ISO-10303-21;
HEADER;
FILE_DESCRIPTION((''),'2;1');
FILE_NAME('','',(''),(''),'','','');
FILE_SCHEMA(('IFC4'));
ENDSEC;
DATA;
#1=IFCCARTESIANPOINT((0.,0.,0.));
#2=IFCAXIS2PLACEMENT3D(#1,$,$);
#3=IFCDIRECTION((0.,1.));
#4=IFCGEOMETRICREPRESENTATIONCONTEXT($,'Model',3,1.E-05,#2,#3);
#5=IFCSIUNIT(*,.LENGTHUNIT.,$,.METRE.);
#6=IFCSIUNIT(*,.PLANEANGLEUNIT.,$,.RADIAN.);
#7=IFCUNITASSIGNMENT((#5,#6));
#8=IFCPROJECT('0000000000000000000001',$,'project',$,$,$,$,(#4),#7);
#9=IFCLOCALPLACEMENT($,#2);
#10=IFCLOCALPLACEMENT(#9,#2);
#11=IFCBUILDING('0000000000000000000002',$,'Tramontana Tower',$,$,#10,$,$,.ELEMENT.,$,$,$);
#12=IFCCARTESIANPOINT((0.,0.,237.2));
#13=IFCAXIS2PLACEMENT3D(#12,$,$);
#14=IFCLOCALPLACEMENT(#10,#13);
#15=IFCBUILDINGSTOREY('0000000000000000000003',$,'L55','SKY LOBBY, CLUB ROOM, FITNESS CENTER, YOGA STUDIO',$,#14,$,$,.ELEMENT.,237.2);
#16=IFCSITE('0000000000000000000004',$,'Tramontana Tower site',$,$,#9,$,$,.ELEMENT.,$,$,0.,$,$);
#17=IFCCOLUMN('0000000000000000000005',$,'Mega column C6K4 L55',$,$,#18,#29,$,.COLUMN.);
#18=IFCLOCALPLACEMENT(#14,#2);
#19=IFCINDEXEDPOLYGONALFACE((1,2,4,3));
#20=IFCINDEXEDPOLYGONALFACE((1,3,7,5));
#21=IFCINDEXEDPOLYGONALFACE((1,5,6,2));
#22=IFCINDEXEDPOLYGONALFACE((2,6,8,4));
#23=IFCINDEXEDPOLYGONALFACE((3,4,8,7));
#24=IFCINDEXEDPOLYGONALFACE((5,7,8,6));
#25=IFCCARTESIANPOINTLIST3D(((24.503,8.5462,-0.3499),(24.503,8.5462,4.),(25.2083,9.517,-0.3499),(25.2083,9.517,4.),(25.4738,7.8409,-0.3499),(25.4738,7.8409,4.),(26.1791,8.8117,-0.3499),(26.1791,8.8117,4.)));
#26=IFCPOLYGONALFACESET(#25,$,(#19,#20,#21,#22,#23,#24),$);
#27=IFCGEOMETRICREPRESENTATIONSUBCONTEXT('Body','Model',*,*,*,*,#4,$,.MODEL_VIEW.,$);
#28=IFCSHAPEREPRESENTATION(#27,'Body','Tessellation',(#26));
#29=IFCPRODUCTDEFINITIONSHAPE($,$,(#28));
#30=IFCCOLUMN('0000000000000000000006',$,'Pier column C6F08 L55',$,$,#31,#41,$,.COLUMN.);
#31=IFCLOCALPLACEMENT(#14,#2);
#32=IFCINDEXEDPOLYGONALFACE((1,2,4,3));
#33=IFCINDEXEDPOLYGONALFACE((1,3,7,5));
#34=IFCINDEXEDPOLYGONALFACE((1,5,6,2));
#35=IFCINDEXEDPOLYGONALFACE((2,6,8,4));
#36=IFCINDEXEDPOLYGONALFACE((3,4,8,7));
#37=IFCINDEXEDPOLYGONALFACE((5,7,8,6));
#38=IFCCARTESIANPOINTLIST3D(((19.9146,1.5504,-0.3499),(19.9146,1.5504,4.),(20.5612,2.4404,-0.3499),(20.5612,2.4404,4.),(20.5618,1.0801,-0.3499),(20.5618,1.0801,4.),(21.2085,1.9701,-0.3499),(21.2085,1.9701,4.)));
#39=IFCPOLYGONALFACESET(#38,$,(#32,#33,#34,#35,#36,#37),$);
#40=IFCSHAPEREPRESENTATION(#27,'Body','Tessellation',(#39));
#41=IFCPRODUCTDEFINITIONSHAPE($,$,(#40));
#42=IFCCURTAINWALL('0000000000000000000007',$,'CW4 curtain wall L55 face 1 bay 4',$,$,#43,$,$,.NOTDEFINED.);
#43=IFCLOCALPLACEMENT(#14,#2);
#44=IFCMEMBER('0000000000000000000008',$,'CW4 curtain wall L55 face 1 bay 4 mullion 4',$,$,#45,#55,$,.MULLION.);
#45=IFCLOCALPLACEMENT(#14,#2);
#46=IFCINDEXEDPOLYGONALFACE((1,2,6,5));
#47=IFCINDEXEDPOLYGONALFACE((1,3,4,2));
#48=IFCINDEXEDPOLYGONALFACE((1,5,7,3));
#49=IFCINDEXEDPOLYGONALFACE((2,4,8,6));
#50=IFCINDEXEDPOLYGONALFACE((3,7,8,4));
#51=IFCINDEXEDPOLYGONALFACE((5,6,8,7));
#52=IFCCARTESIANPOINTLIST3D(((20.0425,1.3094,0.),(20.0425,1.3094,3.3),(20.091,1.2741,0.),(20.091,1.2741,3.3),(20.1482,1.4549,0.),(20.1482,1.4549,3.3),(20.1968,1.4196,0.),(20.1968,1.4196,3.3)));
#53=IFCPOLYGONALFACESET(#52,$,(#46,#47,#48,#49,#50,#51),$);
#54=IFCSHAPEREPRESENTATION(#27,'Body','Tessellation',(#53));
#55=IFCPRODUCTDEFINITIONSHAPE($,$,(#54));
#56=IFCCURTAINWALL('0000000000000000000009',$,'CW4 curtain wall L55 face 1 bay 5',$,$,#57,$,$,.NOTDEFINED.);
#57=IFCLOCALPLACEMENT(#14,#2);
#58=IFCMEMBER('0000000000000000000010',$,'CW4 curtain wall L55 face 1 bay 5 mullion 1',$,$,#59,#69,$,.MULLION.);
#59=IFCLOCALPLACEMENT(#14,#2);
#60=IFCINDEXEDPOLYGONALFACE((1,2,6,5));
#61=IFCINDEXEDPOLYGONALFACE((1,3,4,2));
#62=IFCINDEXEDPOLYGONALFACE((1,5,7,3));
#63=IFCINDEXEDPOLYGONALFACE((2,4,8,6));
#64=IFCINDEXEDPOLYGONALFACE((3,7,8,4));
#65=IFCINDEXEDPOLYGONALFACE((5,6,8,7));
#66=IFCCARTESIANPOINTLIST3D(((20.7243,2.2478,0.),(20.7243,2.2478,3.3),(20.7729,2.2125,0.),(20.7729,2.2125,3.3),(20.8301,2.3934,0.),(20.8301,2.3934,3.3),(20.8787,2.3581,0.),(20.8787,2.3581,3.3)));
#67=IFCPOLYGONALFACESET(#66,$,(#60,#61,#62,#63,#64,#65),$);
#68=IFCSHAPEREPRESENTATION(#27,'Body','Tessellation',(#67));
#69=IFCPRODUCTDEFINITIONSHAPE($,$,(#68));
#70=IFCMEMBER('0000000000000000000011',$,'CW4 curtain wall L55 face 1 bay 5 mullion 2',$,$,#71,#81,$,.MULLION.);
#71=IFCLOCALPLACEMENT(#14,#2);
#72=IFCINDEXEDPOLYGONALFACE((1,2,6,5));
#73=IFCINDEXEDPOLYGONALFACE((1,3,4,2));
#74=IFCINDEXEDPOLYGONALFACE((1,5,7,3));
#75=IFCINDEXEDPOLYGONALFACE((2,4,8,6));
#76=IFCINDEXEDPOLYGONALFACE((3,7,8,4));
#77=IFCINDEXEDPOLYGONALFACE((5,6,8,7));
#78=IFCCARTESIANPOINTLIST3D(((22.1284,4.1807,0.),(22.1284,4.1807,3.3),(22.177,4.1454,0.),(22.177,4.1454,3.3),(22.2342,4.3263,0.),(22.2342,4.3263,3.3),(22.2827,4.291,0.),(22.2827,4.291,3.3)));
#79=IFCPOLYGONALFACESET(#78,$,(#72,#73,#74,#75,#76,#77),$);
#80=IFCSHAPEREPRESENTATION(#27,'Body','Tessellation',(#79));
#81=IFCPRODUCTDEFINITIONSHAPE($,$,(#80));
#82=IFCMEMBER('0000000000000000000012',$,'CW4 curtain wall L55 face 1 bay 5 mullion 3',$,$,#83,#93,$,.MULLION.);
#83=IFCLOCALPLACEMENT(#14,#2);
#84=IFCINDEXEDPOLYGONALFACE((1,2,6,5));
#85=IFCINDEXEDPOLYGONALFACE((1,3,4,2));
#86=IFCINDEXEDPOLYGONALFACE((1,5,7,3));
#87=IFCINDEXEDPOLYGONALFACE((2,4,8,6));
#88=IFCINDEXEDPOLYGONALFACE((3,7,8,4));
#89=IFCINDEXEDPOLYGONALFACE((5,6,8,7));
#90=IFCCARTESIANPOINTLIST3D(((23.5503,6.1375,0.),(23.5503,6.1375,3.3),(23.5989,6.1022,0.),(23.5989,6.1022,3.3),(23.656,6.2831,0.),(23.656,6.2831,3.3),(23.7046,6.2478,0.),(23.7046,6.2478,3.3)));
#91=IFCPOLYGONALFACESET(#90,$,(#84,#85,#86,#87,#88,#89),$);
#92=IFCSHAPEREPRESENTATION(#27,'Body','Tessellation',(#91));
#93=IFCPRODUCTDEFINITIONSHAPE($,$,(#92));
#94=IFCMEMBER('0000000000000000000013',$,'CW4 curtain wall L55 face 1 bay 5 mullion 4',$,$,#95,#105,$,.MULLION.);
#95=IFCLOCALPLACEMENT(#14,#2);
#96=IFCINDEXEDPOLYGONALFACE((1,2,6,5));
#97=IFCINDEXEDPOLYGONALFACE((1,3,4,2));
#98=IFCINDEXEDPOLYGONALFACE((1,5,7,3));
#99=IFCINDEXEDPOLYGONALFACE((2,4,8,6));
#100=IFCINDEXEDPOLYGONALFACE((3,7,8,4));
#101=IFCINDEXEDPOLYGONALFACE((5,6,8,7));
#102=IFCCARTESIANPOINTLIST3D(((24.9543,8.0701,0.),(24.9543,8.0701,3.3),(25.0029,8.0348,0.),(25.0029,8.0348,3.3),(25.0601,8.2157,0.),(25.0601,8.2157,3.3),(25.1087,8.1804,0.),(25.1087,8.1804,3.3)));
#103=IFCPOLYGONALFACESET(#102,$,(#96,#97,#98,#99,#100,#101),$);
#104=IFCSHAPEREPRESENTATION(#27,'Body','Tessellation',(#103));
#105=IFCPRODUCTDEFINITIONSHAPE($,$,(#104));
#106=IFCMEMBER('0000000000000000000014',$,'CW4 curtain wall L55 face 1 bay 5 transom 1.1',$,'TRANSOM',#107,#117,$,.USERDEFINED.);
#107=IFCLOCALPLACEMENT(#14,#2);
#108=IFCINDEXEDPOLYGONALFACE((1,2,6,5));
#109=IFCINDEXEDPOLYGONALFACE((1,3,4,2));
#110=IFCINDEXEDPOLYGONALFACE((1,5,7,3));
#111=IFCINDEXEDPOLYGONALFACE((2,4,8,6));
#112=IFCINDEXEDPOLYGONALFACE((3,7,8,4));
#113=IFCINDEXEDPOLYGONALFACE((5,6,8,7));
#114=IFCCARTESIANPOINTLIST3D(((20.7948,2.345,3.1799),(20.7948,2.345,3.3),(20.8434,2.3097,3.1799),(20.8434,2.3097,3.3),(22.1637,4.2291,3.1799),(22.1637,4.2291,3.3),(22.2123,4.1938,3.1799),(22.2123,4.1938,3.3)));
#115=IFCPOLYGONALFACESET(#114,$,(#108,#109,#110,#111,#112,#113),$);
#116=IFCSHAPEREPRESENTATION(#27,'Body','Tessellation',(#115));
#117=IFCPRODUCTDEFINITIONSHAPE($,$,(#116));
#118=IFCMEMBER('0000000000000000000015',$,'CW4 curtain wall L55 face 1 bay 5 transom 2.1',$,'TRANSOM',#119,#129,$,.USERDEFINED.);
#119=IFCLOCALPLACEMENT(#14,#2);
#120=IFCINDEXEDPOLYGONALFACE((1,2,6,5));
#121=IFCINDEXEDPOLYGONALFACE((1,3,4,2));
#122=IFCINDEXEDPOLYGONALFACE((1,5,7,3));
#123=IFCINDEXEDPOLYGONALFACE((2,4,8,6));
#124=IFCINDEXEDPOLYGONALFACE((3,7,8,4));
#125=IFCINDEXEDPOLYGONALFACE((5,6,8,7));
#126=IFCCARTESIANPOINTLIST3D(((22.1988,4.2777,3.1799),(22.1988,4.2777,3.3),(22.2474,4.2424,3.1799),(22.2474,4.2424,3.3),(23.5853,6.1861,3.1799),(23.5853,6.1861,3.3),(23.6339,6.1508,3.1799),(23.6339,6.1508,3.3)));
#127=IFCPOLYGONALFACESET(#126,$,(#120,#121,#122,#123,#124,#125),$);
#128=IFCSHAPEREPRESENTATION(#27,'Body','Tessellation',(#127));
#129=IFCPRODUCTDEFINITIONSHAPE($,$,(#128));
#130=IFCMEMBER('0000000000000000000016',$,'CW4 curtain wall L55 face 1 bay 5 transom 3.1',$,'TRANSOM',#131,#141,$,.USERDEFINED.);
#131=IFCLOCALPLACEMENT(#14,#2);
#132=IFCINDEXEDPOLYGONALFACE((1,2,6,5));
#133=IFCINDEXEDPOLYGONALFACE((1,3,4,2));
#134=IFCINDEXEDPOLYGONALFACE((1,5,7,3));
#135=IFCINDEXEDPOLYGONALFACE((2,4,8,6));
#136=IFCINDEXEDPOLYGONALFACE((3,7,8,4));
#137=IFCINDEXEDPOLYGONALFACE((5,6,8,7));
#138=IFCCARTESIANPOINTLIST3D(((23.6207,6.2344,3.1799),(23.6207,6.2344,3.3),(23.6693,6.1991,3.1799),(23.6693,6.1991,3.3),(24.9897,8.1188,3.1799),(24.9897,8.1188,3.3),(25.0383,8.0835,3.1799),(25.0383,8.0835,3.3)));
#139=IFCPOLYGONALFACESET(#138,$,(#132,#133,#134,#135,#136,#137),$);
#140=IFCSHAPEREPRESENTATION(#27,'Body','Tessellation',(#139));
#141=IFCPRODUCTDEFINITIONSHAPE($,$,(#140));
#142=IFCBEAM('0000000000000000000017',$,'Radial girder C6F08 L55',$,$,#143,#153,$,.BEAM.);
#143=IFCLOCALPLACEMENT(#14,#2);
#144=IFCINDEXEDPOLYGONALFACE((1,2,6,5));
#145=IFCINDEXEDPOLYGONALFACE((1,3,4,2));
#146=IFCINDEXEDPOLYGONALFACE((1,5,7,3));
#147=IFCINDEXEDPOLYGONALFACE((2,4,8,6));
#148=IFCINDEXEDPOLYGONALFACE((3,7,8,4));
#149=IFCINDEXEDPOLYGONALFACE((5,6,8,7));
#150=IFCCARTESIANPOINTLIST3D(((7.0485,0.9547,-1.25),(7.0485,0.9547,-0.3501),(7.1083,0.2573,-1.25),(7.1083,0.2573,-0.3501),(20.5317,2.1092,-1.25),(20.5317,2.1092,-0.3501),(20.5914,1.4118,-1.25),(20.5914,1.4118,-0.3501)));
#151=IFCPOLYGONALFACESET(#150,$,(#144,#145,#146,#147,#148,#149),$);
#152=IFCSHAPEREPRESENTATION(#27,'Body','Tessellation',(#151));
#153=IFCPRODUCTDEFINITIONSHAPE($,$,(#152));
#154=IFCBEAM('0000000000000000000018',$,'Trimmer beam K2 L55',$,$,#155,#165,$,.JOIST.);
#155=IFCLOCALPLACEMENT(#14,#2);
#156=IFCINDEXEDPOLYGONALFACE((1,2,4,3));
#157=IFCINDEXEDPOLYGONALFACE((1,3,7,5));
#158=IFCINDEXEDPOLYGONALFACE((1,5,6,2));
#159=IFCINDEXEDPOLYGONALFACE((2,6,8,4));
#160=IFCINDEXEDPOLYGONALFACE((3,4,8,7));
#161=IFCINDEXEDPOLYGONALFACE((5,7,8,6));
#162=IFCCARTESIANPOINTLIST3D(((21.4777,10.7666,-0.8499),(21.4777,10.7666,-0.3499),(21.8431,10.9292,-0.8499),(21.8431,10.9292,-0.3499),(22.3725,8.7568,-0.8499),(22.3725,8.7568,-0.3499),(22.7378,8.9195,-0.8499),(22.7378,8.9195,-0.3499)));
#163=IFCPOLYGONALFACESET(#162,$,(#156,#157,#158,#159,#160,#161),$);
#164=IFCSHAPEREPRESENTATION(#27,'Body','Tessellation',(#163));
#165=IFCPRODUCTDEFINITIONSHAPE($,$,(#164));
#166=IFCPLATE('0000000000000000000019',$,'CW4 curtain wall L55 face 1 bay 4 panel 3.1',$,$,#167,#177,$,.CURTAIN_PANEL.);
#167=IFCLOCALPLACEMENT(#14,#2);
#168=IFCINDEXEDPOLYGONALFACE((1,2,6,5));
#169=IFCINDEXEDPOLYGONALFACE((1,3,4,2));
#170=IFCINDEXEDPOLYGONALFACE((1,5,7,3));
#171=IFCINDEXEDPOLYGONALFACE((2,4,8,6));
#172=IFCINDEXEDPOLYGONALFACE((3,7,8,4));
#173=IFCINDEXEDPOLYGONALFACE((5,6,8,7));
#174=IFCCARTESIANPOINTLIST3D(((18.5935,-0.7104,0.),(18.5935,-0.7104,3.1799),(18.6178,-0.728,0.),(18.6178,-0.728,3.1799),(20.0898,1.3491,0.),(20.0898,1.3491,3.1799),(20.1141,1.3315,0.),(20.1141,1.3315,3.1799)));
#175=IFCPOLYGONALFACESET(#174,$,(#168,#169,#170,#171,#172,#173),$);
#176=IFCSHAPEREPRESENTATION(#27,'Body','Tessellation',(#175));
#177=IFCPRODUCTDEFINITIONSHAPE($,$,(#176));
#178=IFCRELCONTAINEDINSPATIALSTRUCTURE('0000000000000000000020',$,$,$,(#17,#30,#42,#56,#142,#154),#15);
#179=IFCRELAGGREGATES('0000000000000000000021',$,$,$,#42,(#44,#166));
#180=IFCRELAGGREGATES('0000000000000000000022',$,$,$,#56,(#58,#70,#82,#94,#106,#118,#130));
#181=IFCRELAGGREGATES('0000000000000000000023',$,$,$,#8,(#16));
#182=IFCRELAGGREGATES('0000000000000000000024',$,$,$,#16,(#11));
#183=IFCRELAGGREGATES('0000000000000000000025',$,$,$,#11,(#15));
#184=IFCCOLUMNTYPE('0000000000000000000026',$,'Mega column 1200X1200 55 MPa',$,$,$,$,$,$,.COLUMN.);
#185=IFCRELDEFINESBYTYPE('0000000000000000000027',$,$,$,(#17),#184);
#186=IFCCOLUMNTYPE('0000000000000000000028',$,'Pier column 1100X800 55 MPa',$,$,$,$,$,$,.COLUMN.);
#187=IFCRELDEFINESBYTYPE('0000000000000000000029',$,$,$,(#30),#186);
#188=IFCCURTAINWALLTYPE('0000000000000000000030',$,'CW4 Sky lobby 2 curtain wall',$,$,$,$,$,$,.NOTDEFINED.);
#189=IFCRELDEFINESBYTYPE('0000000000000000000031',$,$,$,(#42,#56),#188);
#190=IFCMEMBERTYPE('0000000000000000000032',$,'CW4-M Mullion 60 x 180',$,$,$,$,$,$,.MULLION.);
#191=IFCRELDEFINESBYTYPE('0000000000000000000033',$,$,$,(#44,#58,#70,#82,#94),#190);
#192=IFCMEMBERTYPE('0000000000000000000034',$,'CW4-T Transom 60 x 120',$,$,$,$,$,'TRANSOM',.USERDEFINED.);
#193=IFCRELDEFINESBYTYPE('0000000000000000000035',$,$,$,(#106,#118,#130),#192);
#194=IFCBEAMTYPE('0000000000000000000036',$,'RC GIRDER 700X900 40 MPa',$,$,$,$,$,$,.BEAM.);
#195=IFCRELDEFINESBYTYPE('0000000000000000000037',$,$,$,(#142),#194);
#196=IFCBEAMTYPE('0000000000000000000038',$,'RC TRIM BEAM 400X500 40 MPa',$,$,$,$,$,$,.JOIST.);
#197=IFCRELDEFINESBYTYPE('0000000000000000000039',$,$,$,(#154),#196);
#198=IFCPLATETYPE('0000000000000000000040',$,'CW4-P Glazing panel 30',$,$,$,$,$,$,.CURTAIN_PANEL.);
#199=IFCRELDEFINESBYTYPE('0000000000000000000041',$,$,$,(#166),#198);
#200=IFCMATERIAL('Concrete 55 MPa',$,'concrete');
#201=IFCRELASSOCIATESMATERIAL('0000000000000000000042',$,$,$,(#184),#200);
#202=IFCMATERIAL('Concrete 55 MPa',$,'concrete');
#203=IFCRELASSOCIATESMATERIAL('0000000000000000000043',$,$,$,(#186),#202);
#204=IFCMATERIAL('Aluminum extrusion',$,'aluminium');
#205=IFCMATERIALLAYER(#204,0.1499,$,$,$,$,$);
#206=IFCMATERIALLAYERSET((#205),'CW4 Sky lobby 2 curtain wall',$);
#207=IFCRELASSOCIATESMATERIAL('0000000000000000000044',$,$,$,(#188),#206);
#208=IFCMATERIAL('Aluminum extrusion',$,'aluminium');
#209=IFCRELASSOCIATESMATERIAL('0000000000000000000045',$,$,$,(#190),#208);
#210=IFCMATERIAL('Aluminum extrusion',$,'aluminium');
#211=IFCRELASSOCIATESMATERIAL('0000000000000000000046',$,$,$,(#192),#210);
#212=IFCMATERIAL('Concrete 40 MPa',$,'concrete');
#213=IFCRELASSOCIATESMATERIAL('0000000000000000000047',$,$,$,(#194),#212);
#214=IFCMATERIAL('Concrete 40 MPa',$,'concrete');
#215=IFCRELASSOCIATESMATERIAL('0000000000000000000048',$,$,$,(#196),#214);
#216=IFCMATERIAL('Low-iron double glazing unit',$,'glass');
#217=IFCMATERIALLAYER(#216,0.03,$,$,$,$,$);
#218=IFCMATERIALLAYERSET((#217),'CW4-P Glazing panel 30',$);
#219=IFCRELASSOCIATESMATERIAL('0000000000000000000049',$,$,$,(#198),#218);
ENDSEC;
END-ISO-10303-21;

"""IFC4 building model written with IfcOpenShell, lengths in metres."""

from ifc_helpers import new_model, si_unit, direction, frame, origin, origin_2d, place, context, subcontext, project, spatial, rectangle, extrude, material, layer, layer_set, material_profile, profile_set, type_object, element, aggregate, save


model = new_model("IFC4")

# Units and contexts
model_context = context("Model", 3, precision=1e-05, world=origin(), true_north=direction((0.0, 1.0)))
body_context = subcontext(model_context, "Body", "Model", "MODEL_VIEW")
ifc_project = project(units=[si_unit("LENGTHUNIT", "METRE"), si_unit("PLANEANGLEUNIT", "RADIAN")], contexts=[model_context])

# Site, building, storey
site_placement = place(None, origin())
site = spatial("IfcSite", under=ifc_project, at=site_placement, Name="Tramontana Tower site", CompositionType="ELEMENT", RefElevation=0.0)
building_placement = place(site_placement, origin())
building = spatial("IfcBuilding", under=site, at=building_placement, Name="Tramontana Tower", CompositionType="ELEMENT")
storey_placement = place(building_placement, frame((0.0, 0.0, 237.2)))
storey = spatial("IfcBuildingStorey", under=building, at=storey_placement, Name="L55", Description="SKY LOBBY, CLUB ROOM, FITNESS CENTER, YOGA STUDIO", CompositionType="ELEMENT", Elevation=237.2)

# Columns
ifc_material_1 = material(Name="Concrete 55 MPa", Category="concrete")
ifc_material_profile_1 = material_profile(ifc_material_1, rectangle(XDim=1.2, YDim=1.2, at=origin_2d()), Name="Mega column 1200X1200 55 MPa")
ifc_profile_set_1 = profile_set([ifc_material_profile_1], Name="Concrete 55 MPa")
column_type_1 = type_object("IfcColumnType", Name="Mega column 1200X1200 55 MPa", PredefinedType="COLUMN", material=ifc_profile_set_1)
column_1_placement = place(storey_placement, frame((25.3411, 8.679, -0.3499), z_axis=(0.0, 0.0, 1.0), x_axis=(0.587785, 0.809017, 0.0)))
element("IfcColumn", 1, at=column_1_placement, inside=storey, type_object=column_type_1, Name="Mega column C6K4 L55", PredefinedType="COLUMN", context=body_context, shape_type="SweptSolid", body=[
    extrude(rectangle(XDim=1.2, YDim=1.2, at=origin_2d()), origin(), (0.0, 0.0, 1.0), 4.3499),
])
ifc_material_2 = material(Name="Concrete 55 MPa", Category="concrete")
ifc_material_profile_2 = material_profile(ifc_material_2, rectangle(XDim=1.1001, YDim=0.8, at=origin_2d()), Name="Pier column 1100X800 55 MPa")
ifc_profile_set_2 = profile_set([ifc_material_profile_2], Name="Concrete 55 MPa")
column_type_2 = type_object("IfcColumnType", Name="Pier column 1100X800 55 MPa", PredefinedType="COLUMN", material=ifc_profile_set_2)
column_2_placement = place(storey_placement, frame((20.5615, 1.7603, -0.3499), z_axis=(0.0, 0.0, 1.0), x_axis=(0.587785, 0.809017, 0.0)))
element("IfcColumn", 2, at=column_2_placement, inside=storey, type_object=column_type_2, Name="Pier column C6F08 L55", PredefinedType="COLUMN", context=body_context, shape_type="SweptSolid", body=[
    extrude(rectangle(XDim=1.1001, YDim=0.8, at=origin_2d()), origin(), (0.0, 0.0, 1.0), 4.3499),
])

# Curtain wall, member
ifc_material_3 = material(Name="Aluminum extrusion", Category="aluminium")
ifc_layer_1 = layer(ifc_material_3, 0.1499)
ifc_layer_set_1 = layer_set([ifc_layer_1], Name="CW4 Sky lobby 2 curtain wall")
curtain_wall_type = type_object("IfcCurtainWallType", Name="CW4 Sky lobby 2 curtain wall", PredefinedType="NOTDEFINED", material=ifc_layer_set_1)
curtain_wall_1_placement = place(storey_placement, origin())
curtain_wall_1 = element("IfcCurtainWall", 3, at=curtain_wall_1_placement, inside=storey, type_object=curtain_wall_type, Name="CW4 curtain wall L55 face 1 bay 4", PredefinedType="NOTDEFINED")
ifc_material_4 = material(Name="Aluminum extrusion", Category="aluminium")
ifc_material_profile_3 = material_profile(ifc_material_4, rectangle(XDim=0.0601, YDim=0.1799, at=origin_2d()), Name="CW4-M Mullion 60 x 180")
ifc_profile_set_3 = profile_set([ifc_material_profile_3], Name="Aluminum extrusion")
member_type_1 = type_object("IfcMemberType", Name="CW4-M Mullion 60 x 180", PredefinedType="MULLION", material=ifc_profile_set_3)
member_1_placement = place(storey_placement, frame((20.1196, 1.3645, 0.0), z_axis=(0.0, 0.0, 1.0), x_axis=(-0.809017, 0.587785, 0.0)))
member_1 = element("IfcMember", 4, at=member_1_placement, type_object=member_type_1, Name="CW4 curtain wall L55 face 1 bay 4 mullion 4", PredefinedType="MULLION", context=body_context, shape_type="SweptSolid", body=[
    extrude(rectangle(XDim=0.0601, YDim=0.1799, at=origin_2d()), origin(), (0.0, 0.0, 1.0), 3.3),
])

# Curtain wall, members
curtain_wall_2_placement = place(storey_placement, origin())
curtain_wall_2 = element("IfcCurtainWall", 5, at=curtain_wall_2_placement, inside=storey, type_object=curtain_wall_type, Name="CW4 curtain wall L55 face 1 bay 5", PredefinedType="NOTDEFINED")
member_2_placement = place(storey_placement, frame((20.8015, 2.303, 0.0), z_axis=(0.0, 0.0, 1.0), x_axis=(-0.809017, 0.587785, 0.0)))
member_2 = element("IfcMember", 6, at=member_2_placement, type_object=member_type_1, Name="CW4 curtain wall L55 face 1 bay 5 mullion 1", PredefinedType="MULLION", context=body_context, shape_type="SweptSolid", body=[
    extrude(rectangle(XDim=0.0601, YDim=0.1799, at=origin_2d()), origin(), (0.0, 0.0, 1.0), 3.3),
])
member_3_placement = place(storey_placement, frame((22.2056, 4.2358, 0.0), z_axis=(0.0, 0.0, 1.0), x_axis=(-0.809017, 0.587785, 0.0)))
member_3 = element("IfcMember", 7, at=member_3_placement, type_object=member_type_1, Name="CW4 curtain wall L55 face 1 bay 5 mullion 2", PredefinedType="MULLION", context=body_context, shape_type="SweptSolid", body=[
    extrude(rectangle(XDim=0.0601, YDim=0.1799, at=origin_2d()), origin(), (0.0, 0.0, 1.0), 3.3),
])
member_4_placement = place(storey_placement, frame((23.6274, 6.1926, 0.0), z_axis=(0.0, 0.0, 1.0), x_axis=(-0.809017, 0.587785, 0.0)))
member_4 = element("IfcMember", 8, at=member_4_placement, type_object=member_type_1, Name="CW4 curtain wall L55 face 1 bay 5 mullion 3", PredefinedType="MULLION", context=body_context, shape_type="SweptSolid", body=[
    extrude(rectangle(XDim=0.0601, YDim=0.1799, at=origin_2d()), origin(), (0.0, 0.0, 1.0), 3.3),
])
member_5_placement = place(storey_placement, frame((25.0315, 8.1252, 0.0), z_axis=(0.0, 0.0, 1.0), x_axis=(-0.809017, 0.587785, 0.0)))
member_5 = element("IfcMember", 9, at=member_5_placement, type_object=member_type_1, Name="CW4 curtain wall L55 face 1 bay 5 mullion 4", PredefinedType="MULLION", context=body_context, shape_type="SweptSolid", body=[
    extrude(rectangle(XDim=0.0601, YDim=0.1799, at=origin_2d()), origin(), (0.0, 0.0, 1.0), 3.3),
])
ifc_material_5 = material(Name="Aluminum extrusion", Category="aluminium")
ifc_material_profile_4 = material_profile(ifc_material_5, rectangle(XDim=0.0601, YDim=0.1201, at=origin_2d()), Name="CW4-T Transom 60 x 120")
ifc_profile_set_4 = profile_set([ifc_material_profile_4], Name="Aluminum extrusion")
member_type_2 = type_object("IfcMemberType", Name="CW4-T Transom 60 x 120", ElementType="TRANSOM", PredefinedType="USERDEFINED", material=ifc_profile_set_4)
member_6_placement = place(storey_placement, frame((20.8191, 2.3274, 3.24), z_axis=(0.587804, 0.809003, 0.0), x_axis=(-0.809003, 0.587804, 0.0)))
member_6 = element("IfcMember", 10, at=member_6_placement, type_object=member_type_2, Name="CW4 curtain wall L55 face 1 bay 5 transom 1.1", ObjectType="TRANSOM", PredefinedType="USERDEFINED", context=body_context, shape_type="SweptSolid", body=[
    extrude(rectangle(XDim=0.0601, YDim=0.1201, at=origin_2d()), origin(), (0.0, 0.0, 1.0), 2.3289),
])
member_7_placement = place(storey_placement, frame((22.2231, 4.26, 3.24), z_axis=(0.587759, 0.809036, 0.0), x_axis=(-0.809036, 0.587759, 0.0)))
member_7 = element("IfcMember", 11, at=member_7_placement, type_object=member_type_2, Name="CW4 curtain wall L55 face 1 bay 5 transom 2.1", ObjectType="TRANSOM", PredefinedType="USERDEFINED", context=body_context, shape_type="SweptSolid", body=[
    extrude(rectangle(XDim=0.0601, YDim=0.1201, at=origin_2d()), origin(), (0.0, 0.0, 1.0), 2.3589),
])
member_8_placement = place(storey_placement, frame((23.645, 6.2168, 3.24), z_axis=(0.587754, 0.80904, 0.0), x_axis=(-0.80904, 0.587754, 0.0)))
member_8 = element("IfcMember", 12, at=member_8_placement, type_object=member_type_2, Name="CW4 curtain wall L55 face 1 bay 5 transom 3.1", ObjectType="TRANSOM", PredefinedType="USERDEFINED", context=body_context, shape_type="SweptSolid", body=[
    extrude(rectangle(XDim=0.0601, YDim=0.1201, at=origin_2d()), origin(), (0.0, 0.0, 1.0), 2.3291),
])

# Beams
ifc_material_6 = material(Name="Concrete 40 MPa", Category="concrete")
ifc_material_profile_5 = material_profile(ifc_material_6, rectangle(XDim=0.7, YDim=0.8999, at=origin_2d()), Name="RC GIRDER 700X900 40 MPa")
ifc_profile_set_5 = profile_set([ifc_material_profile_5], Name="Concrete 40 MPa")
beam_type_1 = type_object("IfcBeamType", Name="RC GIRDER 700X900 40 MPa", PredefinedType="BEAM", material=ifc_profile_set_5)
beam_1_placement = place(storey_placement, frame((20.5615, 1.7605, -0.8), z_axis=(-0.996354, -0.085316, 0.0), x_axis=(0.085316, -0.996354, 0.0)))
element("IfcBeam", 13, at=beam_1_placement, inside=storey, type_object=beam_type_1, Name="Radial girder C6F08 L55", PredefinedType="BEAM", context=body_context, shape_type="SweptSolid", body=[
    extrude(rectangle(XDim=0.7, YDim=0.8999, at=origin_2d()), origin(), (0.0, 0.0, 1.0), 13.5325),
])
ifc_material_7 = material(Name="Concrete 40 MPa", Category="concrete")
ifc_material_profile_6 = material_profile(ifc_material_7, rectangle(XDim=0.3999, YDim=0.5, at=origin_2d()), Name="RC TRIM BEAM 400X500 40 MPa")
ifc_profile_set_6 = profile_set([ifc_material_profile_6], Name="Concrete 40 MPa")
beam_type_2 = type_object("IfcBeamType", Name="RC TRIM BEAM 400X500 40 MPa", PredefinedType="JOIST", material=ifc_profile_set_6)
beam_2_placement = place(storey_placement, frame((22.5552, 8.8381, -0.5999), z_axis=(-0.406725, 0.913551, 0.0), x_axis=(-0.913551, -0.406725, 0.0)))
element("IfcBeam", 14, at=beam_2_placement, inside=storey, type_object=beam_type_2, Name="Trimmer beam K2 L55", PredefinedType="JOIST", context=body_context, shape_type="SweptSolid", body=[
    extrude(rectangle(XDim=0.3999, YDim=0.5, at=origin_2d()), origin(), (0.0, 0.0, 1.0), 2.2),
])

# Plate
ifc_material_8 = material(Name="Low-iron double glazing unit", Category="glass")
ifc_layer_2 = layer(ifc_material_8, 0.03)
ifc_layer_set_2 = layer_set([ifc_layer_2], Name="CW4-P Glazing panel 30")
plate_type = type_object("IfcPlateType", Name="CW4-P Glazing panel 30", PredefinedType="CURTAIN_PANEL", material=ifc_layer_set_2)
plate_1_placement = place(storey_placement, frame((19.3538, 0.3105, 0.0), z_axis=(0.0, 0.0, 1.0), x_axis=(0.587785, 0.809017, 0.0)))
plate_1 = element("IfcPlate", 15, at=plate_1_placement, type_object=plate_type, Name="CW4 curtain wall L55 face 1 bay 4 panel 3.1", PredefinedType="CURTAIN_PANEL", context=body_context, shape_type="SweptSolid", body=[
    extrude(rectangle(XDim=2.5457, YDim=0.03, at=origin_2d()), origin(), (0.0, 0.0, 1.0), 3.1799),
])
aggregate(curtain_wall_1, [member_1, plate_1])
aggregate(curtain_wall_2, [member_2, member_3, member_4, member_5, member_6, member_7, member_8])

save(model, "model.ifc")
